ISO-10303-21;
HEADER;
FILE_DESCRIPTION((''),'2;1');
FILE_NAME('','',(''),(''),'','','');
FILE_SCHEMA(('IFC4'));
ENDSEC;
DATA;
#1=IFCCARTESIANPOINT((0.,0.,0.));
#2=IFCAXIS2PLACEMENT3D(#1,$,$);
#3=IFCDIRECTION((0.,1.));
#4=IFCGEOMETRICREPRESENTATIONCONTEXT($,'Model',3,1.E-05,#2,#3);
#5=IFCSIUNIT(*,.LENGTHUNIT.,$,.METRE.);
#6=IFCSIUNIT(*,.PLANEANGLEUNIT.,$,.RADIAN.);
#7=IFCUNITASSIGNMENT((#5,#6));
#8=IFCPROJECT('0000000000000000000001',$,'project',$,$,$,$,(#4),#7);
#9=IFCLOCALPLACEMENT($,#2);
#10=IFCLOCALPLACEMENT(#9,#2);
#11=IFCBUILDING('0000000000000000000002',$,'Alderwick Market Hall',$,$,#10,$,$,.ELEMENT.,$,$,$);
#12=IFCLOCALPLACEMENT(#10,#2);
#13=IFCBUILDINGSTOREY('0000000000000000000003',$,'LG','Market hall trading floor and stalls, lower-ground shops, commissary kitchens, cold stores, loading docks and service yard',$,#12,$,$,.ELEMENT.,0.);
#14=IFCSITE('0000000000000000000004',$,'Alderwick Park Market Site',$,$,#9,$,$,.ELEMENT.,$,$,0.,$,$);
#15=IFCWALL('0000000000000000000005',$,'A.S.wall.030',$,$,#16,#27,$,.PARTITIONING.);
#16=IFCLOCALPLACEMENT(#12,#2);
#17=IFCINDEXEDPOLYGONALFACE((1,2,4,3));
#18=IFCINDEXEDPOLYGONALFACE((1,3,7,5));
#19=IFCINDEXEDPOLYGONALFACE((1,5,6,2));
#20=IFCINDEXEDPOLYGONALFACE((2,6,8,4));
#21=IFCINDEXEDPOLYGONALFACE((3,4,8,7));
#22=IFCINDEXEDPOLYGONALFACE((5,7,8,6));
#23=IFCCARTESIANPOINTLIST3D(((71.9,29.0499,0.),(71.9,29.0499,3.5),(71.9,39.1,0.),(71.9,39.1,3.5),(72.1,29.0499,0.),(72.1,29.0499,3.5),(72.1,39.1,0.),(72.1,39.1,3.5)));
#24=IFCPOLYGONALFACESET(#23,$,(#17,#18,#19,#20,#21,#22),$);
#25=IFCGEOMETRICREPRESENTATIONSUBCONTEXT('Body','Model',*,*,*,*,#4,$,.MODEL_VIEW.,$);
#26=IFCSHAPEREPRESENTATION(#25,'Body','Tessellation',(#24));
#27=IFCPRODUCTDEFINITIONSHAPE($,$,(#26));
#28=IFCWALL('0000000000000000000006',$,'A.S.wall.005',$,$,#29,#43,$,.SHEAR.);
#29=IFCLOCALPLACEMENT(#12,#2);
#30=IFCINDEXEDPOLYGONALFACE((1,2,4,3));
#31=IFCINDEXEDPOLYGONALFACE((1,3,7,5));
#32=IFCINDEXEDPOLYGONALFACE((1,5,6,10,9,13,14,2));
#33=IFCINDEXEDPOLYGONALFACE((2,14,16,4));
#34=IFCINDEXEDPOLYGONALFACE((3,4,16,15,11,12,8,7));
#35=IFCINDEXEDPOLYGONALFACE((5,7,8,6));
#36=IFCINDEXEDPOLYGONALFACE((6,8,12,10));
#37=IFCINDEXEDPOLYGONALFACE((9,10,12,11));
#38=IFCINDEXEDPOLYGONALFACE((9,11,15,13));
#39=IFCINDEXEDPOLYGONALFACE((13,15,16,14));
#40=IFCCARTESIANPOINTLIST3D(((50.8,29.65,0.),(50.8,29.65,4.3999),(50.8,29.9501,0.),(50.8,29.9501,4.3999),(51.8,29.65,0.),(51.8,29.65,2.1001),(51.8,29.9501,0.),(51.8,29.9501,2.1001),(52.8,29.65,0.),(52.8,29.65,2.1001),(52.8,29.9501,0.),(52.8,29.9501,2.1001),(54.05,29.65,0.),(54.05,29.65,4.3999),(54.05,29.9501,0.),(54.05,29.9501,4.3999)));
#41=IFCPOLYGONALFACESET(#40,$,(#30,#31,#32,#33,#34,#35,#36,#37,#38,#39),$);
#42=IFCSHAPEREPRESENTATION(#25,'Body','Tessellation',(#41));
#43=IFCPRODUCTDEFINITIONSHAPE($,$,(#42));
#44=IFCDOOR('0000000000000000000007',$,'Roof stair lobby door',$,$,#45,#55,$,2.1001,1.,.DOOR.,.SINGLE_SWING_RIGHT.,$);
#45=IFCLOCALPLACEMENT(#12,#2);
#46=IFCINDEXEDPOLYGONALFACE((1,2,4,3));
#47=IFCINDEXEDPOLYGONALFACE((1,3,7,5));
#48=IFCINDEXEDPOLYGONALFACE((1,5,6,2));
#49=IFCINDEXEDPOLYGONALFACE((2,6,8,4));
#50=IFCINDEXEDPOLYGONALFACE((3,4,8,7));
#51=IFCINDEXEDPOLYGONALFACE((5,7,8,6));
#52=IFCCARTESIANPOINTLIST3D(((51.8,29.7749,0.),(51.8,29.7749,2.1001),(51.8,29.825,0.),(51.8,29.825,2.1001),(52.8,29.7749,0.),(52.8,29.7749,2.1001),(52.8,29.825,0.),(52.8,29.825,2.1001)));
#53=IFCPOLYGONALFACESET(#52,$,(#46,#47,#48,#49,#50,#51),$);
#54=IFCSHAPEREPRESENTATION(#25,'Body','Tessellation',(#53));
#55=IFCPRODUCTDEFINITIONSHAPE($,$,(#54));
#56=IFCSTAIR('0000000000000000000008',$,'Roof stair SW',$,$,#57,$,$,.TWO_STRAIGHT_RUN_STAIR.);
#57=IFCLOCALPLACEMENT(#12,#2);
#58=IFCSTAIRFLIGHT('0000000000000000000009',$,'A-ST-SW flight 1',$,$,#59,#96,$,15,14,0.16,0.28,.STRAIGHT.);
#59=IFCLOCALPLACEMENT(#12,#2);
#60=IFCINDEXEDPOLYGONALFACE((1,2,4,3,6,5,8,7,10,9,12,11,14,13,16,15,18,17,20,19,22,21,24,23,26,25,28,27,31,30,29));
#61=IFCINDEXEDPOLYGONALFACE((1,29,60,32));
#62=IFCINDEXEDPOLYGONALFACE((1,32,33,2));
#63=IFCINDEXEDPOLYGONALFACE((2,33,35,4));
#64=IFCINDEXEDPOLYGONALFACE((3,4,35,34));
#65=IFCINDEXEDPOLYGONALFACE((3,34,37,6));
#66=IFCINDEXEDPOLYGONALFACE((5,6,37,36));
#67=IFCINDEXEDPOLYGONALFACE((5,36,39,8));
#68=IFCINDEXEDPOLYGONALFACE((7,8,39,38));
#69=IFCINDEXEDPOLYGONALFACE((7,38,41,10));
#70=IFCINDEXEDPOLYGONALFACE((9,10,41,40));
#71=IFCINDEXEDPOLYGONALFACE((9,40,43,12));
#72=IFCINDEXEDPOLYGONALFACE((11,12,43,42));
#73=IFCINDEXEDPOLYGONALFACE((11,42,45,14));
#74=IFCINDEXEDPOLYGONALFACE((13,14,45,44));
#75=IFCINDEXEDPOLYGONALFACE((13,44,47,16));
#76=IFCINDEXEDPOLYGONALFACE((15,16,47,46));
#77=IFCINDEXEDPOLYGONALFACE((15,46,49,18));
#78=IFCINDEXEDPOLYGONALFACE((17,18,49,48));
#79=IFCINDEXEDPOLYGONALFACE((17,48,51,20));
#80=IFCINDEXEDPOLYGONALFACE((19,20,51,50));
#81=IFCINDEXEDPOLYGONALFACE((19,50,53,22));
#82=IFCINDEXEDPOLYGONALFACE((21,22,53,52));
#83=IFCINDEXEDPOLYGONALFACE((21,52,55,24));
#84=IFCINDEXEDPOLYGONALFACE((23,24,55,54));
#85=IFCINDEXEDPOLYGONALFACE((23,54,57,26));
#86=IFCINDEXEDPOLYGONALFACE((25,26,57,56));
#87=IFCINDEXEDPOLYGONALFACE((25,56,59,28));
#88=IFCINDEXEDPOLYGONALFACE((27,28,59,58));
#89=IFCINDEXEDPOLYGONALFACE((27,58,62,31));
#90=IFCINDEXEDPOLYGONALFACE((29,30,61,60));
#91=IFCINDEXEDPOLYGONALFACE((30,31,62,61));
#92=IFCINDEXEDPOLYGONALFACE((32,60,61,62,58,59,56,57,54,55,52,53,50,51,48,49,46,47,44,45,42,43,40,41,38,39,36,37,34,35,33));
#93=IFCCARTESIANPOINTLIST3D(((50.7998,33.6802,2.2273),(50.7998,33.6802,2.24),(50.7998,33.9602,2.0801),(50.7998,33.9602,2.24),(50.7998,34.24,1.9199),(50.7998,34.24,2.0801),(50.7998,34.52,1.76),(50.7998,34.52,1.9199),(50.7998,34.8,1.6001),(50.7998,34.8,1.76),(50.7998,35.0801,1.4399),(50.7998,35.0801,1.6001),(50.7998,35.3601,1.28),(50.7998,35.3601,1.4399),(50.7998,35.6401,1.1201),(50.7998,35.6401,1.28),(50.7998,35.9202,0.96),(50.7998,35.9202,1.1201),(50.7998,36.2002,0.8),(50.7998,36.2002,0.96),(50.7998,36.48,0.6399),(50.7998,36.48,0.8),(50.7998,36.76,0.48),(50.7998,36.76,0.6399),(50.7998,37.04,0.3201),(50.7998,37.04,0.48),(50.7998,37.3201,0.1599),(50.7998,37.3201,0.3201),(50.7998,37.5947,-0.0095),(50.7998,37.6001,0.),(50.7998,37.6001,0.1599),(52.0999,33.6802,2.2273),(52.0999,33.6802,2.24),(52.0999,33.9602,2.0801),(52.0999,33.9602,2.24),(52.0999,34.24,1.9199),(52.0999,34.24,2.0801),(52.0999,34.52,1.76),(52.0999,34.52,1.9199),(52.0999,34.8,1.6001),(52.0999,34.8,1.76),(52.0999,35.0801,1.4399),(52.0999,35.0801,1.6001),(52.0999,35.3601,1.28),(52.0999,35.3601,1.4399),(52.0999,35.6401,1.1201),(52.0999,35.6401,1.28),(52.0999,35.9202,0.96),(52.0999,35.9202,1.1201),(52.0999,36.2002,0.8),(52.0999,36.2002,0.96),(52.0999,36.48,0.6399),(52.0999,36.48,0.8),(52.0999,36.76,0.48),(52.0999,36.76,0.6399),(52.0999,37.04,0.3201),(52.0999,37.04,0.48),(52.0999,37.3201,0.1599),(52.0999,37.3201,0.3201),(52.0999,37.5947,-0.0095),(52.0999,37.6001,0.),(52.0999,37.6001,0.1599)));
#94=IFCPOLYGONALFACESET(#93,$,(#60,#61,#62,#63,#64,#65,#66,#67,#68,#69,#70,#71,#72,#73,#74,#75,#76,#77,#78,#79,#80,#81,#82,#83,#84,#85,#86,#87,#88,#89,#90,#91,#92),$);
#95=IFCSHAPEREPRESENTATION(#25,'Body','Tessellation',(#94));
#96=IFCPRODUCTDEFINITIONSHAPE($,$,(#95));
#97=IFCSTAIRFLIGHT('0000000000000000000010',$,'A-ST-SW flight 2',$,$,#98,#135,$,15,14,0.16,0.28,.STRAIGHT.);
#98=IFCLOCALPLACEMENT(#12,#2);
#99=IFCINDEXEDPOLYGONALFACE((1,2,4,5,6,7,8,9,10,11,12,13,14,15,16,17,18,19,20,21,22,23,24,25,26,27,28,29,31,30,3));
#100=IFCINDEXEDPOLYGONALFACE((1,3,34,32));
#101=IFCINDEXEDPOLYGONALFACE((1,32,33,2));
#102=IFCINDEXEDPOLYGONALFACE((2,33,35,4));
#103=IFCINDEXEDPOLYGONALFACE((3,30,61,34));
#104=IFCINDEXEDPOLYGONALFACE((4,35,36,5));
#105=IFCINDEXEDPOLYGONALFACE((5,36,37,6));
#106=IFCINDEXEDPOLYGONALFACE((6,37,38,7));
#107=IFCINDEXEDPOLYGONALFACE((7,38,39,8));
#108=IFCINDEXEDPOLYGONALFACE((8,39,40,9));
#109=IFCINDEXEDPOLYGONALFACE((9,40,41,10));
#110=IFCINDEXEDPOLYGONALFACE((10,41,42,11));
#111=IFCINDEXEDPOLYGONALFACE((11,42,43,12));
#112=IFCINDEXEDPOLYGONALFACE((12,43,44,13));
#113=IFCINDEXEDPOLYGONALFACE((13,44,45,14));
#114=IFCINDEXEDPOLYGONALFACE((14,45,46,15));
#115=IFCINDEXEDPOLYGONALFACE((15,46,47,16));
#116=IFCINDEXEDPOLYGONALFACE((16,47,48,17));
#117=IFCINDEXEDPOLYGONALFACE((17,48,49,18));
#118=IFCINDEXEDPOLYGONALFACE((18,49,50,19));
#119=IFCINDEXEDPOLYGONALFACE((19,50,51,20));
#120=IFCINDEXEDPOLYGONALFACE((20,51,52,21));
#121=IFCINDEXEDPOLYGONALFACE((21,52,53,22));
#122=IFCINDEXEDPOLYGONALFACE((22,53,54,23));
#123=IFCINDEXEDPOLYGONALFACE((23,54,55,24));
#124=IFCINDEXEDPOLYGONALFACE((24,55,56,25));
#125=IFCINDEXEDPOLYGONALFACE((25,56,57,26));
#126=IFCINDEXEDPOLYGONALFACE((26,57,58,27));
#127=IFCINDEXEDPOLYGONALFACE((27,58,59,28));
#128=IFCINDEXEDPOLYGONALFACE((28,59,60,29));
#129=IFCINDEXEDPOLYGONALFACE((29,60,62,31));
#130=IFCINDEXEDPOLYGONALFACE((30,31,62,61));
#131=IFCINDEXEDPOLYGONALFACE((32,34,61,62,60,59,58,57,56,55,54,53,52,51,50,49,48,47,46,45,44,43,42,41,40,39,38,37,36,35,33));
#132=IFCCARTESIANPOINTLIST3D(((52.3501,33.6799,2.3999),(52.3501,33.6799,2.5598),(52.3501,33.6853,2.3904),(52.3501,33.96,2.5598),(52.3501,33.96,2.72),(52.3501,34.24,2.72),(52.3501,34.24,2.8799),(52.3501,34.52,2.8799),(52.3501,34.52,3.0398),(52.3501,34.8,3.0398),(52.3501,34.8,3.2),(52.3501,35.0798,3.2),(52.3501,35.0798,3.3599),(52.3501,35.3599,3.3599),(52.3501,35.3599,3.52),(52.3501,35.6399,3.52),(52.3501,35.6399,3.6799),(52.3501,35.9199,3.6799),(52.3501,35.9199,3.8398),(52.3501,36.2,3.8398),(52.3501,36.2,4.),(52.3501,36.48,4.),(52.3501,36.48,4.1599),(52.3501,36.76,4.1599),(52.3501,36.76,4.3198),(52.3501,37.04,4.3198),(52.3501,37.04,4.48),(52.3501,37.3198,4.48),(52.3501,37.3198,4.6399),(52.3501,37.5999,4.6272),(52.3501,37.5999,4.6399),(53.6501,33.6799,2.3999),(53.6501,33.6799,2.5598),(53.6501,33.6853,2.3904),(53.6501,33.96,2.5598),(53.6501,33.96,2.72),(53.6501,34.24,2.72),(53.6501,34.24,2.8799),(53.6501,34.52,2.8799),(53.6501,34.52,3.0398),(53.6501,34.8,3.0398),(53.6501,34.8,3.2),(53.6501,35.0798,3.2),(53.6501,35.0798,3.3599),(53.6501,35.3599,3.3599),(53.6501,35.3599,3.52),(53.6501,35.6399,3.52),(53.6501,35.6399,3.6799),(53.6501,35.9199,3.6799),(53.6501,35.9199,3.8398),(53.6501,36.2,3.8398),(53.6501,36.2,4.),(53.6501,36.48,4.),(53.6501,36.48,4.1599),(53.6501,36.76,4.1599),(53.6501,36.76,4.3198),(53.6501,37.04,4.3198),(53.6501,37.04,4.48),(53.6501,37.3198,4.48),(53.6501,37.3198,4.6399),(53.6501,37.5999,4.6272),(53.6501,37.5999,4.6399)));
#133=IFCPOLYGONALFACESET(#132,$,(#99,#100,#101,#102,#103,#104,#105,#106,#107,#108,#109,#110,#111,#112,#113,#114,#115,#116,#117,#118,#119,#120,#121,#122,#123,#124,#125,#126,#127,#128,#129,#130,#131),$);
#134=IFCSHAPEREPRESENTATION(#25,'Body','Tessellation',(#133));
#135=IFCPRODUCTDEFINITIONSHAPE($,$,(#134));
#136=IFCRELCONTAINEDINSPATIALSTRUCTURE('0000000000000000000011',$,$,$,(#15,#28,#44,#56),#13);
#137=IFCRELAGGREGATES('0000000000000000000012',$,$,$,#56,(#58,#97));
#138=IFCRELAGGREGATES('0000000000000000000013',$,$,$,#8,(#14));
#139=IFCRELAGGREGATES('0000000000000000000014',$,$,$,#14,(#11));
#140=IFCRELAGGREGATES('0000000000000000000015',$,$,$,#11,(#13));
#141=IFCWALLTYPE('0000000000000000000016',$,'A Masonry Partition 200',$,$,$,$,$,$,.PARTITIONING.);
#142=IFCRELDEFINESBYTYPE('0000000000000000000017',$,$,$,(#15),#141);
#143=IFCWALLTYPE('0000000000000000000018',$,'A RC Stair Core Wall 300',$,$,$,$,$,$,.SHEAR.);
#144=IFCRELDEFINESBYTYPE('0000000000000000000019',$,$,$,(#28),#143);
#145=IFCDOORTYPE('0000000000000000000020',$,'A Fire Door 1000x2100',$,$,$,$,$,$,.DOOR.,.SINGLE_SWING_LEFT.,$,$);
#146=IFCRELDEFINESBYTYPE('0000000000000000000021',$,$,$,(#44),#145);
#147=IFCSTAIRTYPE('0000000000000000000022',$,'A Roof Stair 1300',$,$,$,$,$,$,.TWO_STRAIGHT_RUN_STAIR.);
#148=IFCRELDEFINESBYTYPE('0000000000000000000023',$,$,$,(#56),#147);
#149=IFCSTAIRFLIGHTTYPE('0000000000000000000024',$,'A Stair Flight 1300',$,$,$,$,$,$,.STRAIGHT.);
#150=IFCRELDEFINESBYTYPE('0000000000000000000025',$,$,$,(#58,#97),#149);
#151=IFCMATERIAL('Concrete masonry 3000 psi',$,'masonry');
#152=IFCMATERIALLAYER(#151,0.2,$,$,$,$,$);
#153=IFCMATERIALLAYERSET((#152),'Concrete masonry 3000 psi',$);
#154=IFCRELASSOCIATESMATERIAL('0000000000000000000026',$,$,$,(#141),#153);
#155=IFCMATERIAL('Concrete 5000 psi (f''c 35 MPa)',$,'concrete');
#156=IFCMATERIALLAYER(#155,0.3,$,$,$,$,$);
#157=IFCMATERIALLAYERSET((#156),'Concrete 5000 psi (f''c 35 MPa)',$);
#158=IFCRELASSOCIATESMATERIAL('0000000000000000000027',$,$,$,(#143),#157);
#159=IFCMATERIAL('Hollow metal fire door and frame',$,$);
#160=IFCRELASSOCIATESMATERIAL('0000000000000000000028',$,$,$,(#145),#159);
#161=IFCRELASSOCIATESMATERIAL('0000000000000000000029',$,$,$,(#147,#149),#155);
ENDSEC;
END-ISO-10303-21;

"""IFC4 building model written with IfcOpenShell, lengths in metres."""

from ifc_helpers import new_model, si_unit, direction, frame, frame_2d, origin, place, context, subcontext, project, spatial, polyline, rectangle, outline, extrude, material, layer, layer_set, type_object, element, fill, aggregate, save


model = new_model("IFC4")

# Units and contexts
model_context = context("Model", 3, precision=1e-05, world=origin(), true_north=direction((0.0, 1.0)))
body_context = subcontext(model_context, "Body", "Model", "MODEL_VIEW")
ifc_project = project(units=[si_unit("LENGTHUNIT", "METRE"), si_unit("PLANEANGLEUNIT", "RADIAN")], contexts=[model_context])

# Site, building, storey
site_placement = place(None, origin())
site = spatial("IfcSite", under=ifc_project, at=site_placement, Name="Alderwick Park Market Site", CompositionType="ELEMENT", RefElevation=0.0)
building_placement = place(site_placement, origin())
building = spatial("IfcBuilding", under=site, at=building_placement, Name="Alderwick Market Hall", CompositionType="ELEMENT")
storey_placement = place(building_placement, origin())
storey = spatial("IfcBuildingStorey", under=building, at=storey_placement, Name="LG", Description="Market hall trading floor and stalls, lower-ground shops, commissary kitchens, cold stores, loading docks and service yard", CompositionType="ELEMENT", Elevation=0.0)

# Shared definitions
ifc_material_1 = material(Name="Concrete 5000 psi (f'c 35 MPa)", Category="concrete")

# Wall
ifc_material_2 = material(Name="Concrete masonry 3000 psi", Category="masonry")
ifc_layer_1 = layer(ifc_material_2, 0.2)
ifc_layer_set_1 = layer_set([ifc_layer_1], Name="Concrete masonry 3000 psi")
wall_type_1 = type_object("IfcWallType", Name="A Masonry Partition 200", PredefinedType="PARTITIONING", material=ifc_layer_set_1)
for number, where, z_axis, x_axis, name in (
    (1, (72.0, 29.05, 0.0), (0.0, 0.0, 1.0), (0.0, 1.0, 0.0), "A.S.wall.030"),
):
    element("IfcWall", number, at=place(storey_placement, frame(where, z_axis=z_axis, x_axis=x_axis)), inside=storey, type_object=wall_type_1, Name=name, PredefinedType="PARTITIONING", context=body_context, shape_type="SweptSolid", body=[
        extrude(rectangle(XDim=10.05, YDim=0.2, at=frame_2d((5.0249, 0.0))), origin(), (0.0, 0.0, 1.0), 3.5),
    ])

# Wall, opening, door
ifc_layer_2 = layer(ifc_material_1, 0.3)
ifc_layer_set_2 = layer_set([ifc_layer_2], Name="Concrete 5000 psi (f'c 35 MPa)")
wall_type_2 = type_object("IfcWallType", Name="A RC Stair Core Wall 300", PredefinedType="SHEAR", material=ifc_layer_set_2)
wall_1_placement = place(storey_placement, frame((50.8, 29.8, 0.0), z_axis=(0.0, 0.0, 1.0), x_axis=(1.0, 0.0, 0.0)))
wall_1 = element("IfcWall", 2, at=wall_1_placement, inside=storey, type_object=wall_type_2, Name="A.S.wall.005", PredefinedType="SHEAR", context=body_context, shape_type="SweptSolid", body=[
    extrude(rectangle(XDim=3.25, YDim=0.3, at=frame_2d((1.625, 0.0))), origin(), (0.0, 0.0, 1.0), 4.3999),
])
opening_1_placement = place(wall_1_placement, frame((1.0, 0.0, 0.0)))
opening_1 = element("IfcOpeningElement", 3, at=opening_1_placement, cuts=wall_1, PredefinedType="OPENING", context=body_context, shape_type="SweptSolid", body=[
    extrude(rectangle(XDim=1.0, YDim=2.1001, at=frame_2d((0.5, 1.05))), frame((0.0, 0.1599, 0.0), z_axis=(0.0, -1.0, 0.0), x_axis=(1.0, 0.0, 0.0)), (0.0, 0.0, 1.0), 0.3201),
])
ifc_material_3 = material(Name="Hollow metal fire door and frame")
door_type_1 = type_object("IfcDoorType", Name="A Fire Door 1000x2100", OperationType="SINGLE_SWING_LEFT", PredefinedType="DOOR", material=ifc_material_3)
door_1_placement = place(opening_1_placement, origin())
door_1 = element("IfcDoor", 4, at=door_1_placement, inside=storey, type_object=door_type_1, Name="Roof stair lobby door", OperationType="SINGLE_SWING_RIGHT", OverallHeight=2.1001, OverallWidth=1.0, PredefinedType="DOOR", context=body_context, shape_type="SweptSolid", body=[
    extrude(rectangle(XDim=1.0, YDim=2.1001, at=frame_2d((0.5, 1.05))), frame((0.0, 0.0249, 0.0), z_axis=(0.0, -1.0, 0.0), x_axis=(1.0, 0.0, 0.0)), (0.0, 0.0, 1.0), 0.05),
])
fill(opening_1, door_1)

# Stair, stair flights
stair_type = type_object("IfcStairType", Name="A Roof Stair 1300", PredefinedType="TWO_STRAIGHT_RUN_STAIR", material=ifc_material_1)
stair_placement = place(storey_placement, origin())
stair = element("IfcStair", 5, at=stair_placement, inside=storey, type_object=stair_type, Name="Roof stair SW", PredefinedType="TWO_STRAIGHT_RUN_STAIR")
stair_flight_type = type_object("IfcStairFlightType", Name="A Stair Flight 1300", PredefinedType="STRAIGHT", material=ifc_material_1)
stair_flight_1_placement = place(storey_placement, frame((51.45, 37.6001, 0.0), z_axis=(0.0, 0.0, 1.0), x_axis=(0.0, -1.0, 0.0)))
stair_flight_1 = element("IfcStairFlight", 6, at=stair_flight_1_placement, type_object=stair_flight_type, Name="A-ST-SW flight 1", NumberOfRisers=15, NumberOfTreads=14, PredefinedType="STRAIGHT", RiserHeight=0.16, TreadLength=0.28, context=body_context, shape_type="SweptSolid", body=[
    extrude(outline(polyline([(0.0054, -0.0095), (0.0, 0.0), (0.0, 0.1599), (0.28, 0.1599), (0.28, 0.3201), (0.5601, 0.3201), (0.5601, 0.48), (0.8401, 0.48), (0.8401, 0.6399), (1.1201, 0.6399), (1.1201, 0.8), (1.3999, 0.8), (1.3999, 0.96), (1.6799, 0.96), (1.6799, 1.1201), (1.96, 1.1201), (1.96, 1.28), (2.24, 1.28), (2.24, 1.4399), (2.52, 1.4399), (2.52, 1.6001), (2.8, 1.6001), (2.8, 1.76), (3.0801, 1.76), (3.0801, 1.9199), (3.3601, 1.9199), (3.3601, 2.0801), (3.6399, 2.0801), (3.6399, 2.24), (3.9199, 2.24), (3.9199, 2.2273), (0.0054, -0.0095)])), frame((0.0, 0.6499, 0.0), z_axis=(0.0, -1.0, 0.0), x_axis=(1.0, 0.0, 0.0)), (0.0, 0.0, 1.0), 1.3),
])
stair_flight_2_placement = place(storey_placement, frame((53.0, 33.6799, 2.3999), z_axis=(0.0, 0.0, 1.0), x_axis=(0.0, 1.0, 0.0)))
stair_flight_2 = element("IfcStairFlight", 7, at=stair_flight_2_placement, type_object=stair_flight_type, Name="A-ST-SW flight 2", NumberOfRisers=15, NumberOfTreads=14, PredefinedType="STRAIGHT", RiserHeight=0.16, TreadLength=0.28, context=body_context, shape_type="SweptSolid", body=[
    extrude(outline(polyline([(0.0054, -0.0095), (0.0, 0.0), (0.0, 0.1599), (0.28, 0.1599), (0.28, 0.3201), (0.5601, 0.3201), (0.5601, 0.48), (0.8401, 0.48), (0.8401, 0.6399), (1.1201, 0.6399), (1.1201, 0.8), (1.3999, 0.8), (1.3999, 0.96), (1.6799, 0.96), (1.6799, 1.1201), (1.96, 1.1201), (1.96, 1.28), (2.24, 1.28), (2.24, 1.4399), (2.52, 1.4399), (2.52, 1.6001), (2.8, 1.6001), (2.8, 1.76), (3.0801, 1.76), (3.0801, 1.9199), (3.3601, 1.9199), (3.3601, 2.0801), (3.6399, 2.0801), (3.6399, 2.24), (3.9199, 2.24), (3.9199, 2.2273), (0.0054, -0.0095)])), frame((0.0, 0.6499, 0.0), z_axis=(0.0, -1.0, 0.0), x_axis=(1.0, 0.0, 0.0)), (0.0, 0.0, 1.0), 1.3),
])
aggregate(stair, [stair_flight_1, stair_flight_2])

save(model, "model.ifc")
